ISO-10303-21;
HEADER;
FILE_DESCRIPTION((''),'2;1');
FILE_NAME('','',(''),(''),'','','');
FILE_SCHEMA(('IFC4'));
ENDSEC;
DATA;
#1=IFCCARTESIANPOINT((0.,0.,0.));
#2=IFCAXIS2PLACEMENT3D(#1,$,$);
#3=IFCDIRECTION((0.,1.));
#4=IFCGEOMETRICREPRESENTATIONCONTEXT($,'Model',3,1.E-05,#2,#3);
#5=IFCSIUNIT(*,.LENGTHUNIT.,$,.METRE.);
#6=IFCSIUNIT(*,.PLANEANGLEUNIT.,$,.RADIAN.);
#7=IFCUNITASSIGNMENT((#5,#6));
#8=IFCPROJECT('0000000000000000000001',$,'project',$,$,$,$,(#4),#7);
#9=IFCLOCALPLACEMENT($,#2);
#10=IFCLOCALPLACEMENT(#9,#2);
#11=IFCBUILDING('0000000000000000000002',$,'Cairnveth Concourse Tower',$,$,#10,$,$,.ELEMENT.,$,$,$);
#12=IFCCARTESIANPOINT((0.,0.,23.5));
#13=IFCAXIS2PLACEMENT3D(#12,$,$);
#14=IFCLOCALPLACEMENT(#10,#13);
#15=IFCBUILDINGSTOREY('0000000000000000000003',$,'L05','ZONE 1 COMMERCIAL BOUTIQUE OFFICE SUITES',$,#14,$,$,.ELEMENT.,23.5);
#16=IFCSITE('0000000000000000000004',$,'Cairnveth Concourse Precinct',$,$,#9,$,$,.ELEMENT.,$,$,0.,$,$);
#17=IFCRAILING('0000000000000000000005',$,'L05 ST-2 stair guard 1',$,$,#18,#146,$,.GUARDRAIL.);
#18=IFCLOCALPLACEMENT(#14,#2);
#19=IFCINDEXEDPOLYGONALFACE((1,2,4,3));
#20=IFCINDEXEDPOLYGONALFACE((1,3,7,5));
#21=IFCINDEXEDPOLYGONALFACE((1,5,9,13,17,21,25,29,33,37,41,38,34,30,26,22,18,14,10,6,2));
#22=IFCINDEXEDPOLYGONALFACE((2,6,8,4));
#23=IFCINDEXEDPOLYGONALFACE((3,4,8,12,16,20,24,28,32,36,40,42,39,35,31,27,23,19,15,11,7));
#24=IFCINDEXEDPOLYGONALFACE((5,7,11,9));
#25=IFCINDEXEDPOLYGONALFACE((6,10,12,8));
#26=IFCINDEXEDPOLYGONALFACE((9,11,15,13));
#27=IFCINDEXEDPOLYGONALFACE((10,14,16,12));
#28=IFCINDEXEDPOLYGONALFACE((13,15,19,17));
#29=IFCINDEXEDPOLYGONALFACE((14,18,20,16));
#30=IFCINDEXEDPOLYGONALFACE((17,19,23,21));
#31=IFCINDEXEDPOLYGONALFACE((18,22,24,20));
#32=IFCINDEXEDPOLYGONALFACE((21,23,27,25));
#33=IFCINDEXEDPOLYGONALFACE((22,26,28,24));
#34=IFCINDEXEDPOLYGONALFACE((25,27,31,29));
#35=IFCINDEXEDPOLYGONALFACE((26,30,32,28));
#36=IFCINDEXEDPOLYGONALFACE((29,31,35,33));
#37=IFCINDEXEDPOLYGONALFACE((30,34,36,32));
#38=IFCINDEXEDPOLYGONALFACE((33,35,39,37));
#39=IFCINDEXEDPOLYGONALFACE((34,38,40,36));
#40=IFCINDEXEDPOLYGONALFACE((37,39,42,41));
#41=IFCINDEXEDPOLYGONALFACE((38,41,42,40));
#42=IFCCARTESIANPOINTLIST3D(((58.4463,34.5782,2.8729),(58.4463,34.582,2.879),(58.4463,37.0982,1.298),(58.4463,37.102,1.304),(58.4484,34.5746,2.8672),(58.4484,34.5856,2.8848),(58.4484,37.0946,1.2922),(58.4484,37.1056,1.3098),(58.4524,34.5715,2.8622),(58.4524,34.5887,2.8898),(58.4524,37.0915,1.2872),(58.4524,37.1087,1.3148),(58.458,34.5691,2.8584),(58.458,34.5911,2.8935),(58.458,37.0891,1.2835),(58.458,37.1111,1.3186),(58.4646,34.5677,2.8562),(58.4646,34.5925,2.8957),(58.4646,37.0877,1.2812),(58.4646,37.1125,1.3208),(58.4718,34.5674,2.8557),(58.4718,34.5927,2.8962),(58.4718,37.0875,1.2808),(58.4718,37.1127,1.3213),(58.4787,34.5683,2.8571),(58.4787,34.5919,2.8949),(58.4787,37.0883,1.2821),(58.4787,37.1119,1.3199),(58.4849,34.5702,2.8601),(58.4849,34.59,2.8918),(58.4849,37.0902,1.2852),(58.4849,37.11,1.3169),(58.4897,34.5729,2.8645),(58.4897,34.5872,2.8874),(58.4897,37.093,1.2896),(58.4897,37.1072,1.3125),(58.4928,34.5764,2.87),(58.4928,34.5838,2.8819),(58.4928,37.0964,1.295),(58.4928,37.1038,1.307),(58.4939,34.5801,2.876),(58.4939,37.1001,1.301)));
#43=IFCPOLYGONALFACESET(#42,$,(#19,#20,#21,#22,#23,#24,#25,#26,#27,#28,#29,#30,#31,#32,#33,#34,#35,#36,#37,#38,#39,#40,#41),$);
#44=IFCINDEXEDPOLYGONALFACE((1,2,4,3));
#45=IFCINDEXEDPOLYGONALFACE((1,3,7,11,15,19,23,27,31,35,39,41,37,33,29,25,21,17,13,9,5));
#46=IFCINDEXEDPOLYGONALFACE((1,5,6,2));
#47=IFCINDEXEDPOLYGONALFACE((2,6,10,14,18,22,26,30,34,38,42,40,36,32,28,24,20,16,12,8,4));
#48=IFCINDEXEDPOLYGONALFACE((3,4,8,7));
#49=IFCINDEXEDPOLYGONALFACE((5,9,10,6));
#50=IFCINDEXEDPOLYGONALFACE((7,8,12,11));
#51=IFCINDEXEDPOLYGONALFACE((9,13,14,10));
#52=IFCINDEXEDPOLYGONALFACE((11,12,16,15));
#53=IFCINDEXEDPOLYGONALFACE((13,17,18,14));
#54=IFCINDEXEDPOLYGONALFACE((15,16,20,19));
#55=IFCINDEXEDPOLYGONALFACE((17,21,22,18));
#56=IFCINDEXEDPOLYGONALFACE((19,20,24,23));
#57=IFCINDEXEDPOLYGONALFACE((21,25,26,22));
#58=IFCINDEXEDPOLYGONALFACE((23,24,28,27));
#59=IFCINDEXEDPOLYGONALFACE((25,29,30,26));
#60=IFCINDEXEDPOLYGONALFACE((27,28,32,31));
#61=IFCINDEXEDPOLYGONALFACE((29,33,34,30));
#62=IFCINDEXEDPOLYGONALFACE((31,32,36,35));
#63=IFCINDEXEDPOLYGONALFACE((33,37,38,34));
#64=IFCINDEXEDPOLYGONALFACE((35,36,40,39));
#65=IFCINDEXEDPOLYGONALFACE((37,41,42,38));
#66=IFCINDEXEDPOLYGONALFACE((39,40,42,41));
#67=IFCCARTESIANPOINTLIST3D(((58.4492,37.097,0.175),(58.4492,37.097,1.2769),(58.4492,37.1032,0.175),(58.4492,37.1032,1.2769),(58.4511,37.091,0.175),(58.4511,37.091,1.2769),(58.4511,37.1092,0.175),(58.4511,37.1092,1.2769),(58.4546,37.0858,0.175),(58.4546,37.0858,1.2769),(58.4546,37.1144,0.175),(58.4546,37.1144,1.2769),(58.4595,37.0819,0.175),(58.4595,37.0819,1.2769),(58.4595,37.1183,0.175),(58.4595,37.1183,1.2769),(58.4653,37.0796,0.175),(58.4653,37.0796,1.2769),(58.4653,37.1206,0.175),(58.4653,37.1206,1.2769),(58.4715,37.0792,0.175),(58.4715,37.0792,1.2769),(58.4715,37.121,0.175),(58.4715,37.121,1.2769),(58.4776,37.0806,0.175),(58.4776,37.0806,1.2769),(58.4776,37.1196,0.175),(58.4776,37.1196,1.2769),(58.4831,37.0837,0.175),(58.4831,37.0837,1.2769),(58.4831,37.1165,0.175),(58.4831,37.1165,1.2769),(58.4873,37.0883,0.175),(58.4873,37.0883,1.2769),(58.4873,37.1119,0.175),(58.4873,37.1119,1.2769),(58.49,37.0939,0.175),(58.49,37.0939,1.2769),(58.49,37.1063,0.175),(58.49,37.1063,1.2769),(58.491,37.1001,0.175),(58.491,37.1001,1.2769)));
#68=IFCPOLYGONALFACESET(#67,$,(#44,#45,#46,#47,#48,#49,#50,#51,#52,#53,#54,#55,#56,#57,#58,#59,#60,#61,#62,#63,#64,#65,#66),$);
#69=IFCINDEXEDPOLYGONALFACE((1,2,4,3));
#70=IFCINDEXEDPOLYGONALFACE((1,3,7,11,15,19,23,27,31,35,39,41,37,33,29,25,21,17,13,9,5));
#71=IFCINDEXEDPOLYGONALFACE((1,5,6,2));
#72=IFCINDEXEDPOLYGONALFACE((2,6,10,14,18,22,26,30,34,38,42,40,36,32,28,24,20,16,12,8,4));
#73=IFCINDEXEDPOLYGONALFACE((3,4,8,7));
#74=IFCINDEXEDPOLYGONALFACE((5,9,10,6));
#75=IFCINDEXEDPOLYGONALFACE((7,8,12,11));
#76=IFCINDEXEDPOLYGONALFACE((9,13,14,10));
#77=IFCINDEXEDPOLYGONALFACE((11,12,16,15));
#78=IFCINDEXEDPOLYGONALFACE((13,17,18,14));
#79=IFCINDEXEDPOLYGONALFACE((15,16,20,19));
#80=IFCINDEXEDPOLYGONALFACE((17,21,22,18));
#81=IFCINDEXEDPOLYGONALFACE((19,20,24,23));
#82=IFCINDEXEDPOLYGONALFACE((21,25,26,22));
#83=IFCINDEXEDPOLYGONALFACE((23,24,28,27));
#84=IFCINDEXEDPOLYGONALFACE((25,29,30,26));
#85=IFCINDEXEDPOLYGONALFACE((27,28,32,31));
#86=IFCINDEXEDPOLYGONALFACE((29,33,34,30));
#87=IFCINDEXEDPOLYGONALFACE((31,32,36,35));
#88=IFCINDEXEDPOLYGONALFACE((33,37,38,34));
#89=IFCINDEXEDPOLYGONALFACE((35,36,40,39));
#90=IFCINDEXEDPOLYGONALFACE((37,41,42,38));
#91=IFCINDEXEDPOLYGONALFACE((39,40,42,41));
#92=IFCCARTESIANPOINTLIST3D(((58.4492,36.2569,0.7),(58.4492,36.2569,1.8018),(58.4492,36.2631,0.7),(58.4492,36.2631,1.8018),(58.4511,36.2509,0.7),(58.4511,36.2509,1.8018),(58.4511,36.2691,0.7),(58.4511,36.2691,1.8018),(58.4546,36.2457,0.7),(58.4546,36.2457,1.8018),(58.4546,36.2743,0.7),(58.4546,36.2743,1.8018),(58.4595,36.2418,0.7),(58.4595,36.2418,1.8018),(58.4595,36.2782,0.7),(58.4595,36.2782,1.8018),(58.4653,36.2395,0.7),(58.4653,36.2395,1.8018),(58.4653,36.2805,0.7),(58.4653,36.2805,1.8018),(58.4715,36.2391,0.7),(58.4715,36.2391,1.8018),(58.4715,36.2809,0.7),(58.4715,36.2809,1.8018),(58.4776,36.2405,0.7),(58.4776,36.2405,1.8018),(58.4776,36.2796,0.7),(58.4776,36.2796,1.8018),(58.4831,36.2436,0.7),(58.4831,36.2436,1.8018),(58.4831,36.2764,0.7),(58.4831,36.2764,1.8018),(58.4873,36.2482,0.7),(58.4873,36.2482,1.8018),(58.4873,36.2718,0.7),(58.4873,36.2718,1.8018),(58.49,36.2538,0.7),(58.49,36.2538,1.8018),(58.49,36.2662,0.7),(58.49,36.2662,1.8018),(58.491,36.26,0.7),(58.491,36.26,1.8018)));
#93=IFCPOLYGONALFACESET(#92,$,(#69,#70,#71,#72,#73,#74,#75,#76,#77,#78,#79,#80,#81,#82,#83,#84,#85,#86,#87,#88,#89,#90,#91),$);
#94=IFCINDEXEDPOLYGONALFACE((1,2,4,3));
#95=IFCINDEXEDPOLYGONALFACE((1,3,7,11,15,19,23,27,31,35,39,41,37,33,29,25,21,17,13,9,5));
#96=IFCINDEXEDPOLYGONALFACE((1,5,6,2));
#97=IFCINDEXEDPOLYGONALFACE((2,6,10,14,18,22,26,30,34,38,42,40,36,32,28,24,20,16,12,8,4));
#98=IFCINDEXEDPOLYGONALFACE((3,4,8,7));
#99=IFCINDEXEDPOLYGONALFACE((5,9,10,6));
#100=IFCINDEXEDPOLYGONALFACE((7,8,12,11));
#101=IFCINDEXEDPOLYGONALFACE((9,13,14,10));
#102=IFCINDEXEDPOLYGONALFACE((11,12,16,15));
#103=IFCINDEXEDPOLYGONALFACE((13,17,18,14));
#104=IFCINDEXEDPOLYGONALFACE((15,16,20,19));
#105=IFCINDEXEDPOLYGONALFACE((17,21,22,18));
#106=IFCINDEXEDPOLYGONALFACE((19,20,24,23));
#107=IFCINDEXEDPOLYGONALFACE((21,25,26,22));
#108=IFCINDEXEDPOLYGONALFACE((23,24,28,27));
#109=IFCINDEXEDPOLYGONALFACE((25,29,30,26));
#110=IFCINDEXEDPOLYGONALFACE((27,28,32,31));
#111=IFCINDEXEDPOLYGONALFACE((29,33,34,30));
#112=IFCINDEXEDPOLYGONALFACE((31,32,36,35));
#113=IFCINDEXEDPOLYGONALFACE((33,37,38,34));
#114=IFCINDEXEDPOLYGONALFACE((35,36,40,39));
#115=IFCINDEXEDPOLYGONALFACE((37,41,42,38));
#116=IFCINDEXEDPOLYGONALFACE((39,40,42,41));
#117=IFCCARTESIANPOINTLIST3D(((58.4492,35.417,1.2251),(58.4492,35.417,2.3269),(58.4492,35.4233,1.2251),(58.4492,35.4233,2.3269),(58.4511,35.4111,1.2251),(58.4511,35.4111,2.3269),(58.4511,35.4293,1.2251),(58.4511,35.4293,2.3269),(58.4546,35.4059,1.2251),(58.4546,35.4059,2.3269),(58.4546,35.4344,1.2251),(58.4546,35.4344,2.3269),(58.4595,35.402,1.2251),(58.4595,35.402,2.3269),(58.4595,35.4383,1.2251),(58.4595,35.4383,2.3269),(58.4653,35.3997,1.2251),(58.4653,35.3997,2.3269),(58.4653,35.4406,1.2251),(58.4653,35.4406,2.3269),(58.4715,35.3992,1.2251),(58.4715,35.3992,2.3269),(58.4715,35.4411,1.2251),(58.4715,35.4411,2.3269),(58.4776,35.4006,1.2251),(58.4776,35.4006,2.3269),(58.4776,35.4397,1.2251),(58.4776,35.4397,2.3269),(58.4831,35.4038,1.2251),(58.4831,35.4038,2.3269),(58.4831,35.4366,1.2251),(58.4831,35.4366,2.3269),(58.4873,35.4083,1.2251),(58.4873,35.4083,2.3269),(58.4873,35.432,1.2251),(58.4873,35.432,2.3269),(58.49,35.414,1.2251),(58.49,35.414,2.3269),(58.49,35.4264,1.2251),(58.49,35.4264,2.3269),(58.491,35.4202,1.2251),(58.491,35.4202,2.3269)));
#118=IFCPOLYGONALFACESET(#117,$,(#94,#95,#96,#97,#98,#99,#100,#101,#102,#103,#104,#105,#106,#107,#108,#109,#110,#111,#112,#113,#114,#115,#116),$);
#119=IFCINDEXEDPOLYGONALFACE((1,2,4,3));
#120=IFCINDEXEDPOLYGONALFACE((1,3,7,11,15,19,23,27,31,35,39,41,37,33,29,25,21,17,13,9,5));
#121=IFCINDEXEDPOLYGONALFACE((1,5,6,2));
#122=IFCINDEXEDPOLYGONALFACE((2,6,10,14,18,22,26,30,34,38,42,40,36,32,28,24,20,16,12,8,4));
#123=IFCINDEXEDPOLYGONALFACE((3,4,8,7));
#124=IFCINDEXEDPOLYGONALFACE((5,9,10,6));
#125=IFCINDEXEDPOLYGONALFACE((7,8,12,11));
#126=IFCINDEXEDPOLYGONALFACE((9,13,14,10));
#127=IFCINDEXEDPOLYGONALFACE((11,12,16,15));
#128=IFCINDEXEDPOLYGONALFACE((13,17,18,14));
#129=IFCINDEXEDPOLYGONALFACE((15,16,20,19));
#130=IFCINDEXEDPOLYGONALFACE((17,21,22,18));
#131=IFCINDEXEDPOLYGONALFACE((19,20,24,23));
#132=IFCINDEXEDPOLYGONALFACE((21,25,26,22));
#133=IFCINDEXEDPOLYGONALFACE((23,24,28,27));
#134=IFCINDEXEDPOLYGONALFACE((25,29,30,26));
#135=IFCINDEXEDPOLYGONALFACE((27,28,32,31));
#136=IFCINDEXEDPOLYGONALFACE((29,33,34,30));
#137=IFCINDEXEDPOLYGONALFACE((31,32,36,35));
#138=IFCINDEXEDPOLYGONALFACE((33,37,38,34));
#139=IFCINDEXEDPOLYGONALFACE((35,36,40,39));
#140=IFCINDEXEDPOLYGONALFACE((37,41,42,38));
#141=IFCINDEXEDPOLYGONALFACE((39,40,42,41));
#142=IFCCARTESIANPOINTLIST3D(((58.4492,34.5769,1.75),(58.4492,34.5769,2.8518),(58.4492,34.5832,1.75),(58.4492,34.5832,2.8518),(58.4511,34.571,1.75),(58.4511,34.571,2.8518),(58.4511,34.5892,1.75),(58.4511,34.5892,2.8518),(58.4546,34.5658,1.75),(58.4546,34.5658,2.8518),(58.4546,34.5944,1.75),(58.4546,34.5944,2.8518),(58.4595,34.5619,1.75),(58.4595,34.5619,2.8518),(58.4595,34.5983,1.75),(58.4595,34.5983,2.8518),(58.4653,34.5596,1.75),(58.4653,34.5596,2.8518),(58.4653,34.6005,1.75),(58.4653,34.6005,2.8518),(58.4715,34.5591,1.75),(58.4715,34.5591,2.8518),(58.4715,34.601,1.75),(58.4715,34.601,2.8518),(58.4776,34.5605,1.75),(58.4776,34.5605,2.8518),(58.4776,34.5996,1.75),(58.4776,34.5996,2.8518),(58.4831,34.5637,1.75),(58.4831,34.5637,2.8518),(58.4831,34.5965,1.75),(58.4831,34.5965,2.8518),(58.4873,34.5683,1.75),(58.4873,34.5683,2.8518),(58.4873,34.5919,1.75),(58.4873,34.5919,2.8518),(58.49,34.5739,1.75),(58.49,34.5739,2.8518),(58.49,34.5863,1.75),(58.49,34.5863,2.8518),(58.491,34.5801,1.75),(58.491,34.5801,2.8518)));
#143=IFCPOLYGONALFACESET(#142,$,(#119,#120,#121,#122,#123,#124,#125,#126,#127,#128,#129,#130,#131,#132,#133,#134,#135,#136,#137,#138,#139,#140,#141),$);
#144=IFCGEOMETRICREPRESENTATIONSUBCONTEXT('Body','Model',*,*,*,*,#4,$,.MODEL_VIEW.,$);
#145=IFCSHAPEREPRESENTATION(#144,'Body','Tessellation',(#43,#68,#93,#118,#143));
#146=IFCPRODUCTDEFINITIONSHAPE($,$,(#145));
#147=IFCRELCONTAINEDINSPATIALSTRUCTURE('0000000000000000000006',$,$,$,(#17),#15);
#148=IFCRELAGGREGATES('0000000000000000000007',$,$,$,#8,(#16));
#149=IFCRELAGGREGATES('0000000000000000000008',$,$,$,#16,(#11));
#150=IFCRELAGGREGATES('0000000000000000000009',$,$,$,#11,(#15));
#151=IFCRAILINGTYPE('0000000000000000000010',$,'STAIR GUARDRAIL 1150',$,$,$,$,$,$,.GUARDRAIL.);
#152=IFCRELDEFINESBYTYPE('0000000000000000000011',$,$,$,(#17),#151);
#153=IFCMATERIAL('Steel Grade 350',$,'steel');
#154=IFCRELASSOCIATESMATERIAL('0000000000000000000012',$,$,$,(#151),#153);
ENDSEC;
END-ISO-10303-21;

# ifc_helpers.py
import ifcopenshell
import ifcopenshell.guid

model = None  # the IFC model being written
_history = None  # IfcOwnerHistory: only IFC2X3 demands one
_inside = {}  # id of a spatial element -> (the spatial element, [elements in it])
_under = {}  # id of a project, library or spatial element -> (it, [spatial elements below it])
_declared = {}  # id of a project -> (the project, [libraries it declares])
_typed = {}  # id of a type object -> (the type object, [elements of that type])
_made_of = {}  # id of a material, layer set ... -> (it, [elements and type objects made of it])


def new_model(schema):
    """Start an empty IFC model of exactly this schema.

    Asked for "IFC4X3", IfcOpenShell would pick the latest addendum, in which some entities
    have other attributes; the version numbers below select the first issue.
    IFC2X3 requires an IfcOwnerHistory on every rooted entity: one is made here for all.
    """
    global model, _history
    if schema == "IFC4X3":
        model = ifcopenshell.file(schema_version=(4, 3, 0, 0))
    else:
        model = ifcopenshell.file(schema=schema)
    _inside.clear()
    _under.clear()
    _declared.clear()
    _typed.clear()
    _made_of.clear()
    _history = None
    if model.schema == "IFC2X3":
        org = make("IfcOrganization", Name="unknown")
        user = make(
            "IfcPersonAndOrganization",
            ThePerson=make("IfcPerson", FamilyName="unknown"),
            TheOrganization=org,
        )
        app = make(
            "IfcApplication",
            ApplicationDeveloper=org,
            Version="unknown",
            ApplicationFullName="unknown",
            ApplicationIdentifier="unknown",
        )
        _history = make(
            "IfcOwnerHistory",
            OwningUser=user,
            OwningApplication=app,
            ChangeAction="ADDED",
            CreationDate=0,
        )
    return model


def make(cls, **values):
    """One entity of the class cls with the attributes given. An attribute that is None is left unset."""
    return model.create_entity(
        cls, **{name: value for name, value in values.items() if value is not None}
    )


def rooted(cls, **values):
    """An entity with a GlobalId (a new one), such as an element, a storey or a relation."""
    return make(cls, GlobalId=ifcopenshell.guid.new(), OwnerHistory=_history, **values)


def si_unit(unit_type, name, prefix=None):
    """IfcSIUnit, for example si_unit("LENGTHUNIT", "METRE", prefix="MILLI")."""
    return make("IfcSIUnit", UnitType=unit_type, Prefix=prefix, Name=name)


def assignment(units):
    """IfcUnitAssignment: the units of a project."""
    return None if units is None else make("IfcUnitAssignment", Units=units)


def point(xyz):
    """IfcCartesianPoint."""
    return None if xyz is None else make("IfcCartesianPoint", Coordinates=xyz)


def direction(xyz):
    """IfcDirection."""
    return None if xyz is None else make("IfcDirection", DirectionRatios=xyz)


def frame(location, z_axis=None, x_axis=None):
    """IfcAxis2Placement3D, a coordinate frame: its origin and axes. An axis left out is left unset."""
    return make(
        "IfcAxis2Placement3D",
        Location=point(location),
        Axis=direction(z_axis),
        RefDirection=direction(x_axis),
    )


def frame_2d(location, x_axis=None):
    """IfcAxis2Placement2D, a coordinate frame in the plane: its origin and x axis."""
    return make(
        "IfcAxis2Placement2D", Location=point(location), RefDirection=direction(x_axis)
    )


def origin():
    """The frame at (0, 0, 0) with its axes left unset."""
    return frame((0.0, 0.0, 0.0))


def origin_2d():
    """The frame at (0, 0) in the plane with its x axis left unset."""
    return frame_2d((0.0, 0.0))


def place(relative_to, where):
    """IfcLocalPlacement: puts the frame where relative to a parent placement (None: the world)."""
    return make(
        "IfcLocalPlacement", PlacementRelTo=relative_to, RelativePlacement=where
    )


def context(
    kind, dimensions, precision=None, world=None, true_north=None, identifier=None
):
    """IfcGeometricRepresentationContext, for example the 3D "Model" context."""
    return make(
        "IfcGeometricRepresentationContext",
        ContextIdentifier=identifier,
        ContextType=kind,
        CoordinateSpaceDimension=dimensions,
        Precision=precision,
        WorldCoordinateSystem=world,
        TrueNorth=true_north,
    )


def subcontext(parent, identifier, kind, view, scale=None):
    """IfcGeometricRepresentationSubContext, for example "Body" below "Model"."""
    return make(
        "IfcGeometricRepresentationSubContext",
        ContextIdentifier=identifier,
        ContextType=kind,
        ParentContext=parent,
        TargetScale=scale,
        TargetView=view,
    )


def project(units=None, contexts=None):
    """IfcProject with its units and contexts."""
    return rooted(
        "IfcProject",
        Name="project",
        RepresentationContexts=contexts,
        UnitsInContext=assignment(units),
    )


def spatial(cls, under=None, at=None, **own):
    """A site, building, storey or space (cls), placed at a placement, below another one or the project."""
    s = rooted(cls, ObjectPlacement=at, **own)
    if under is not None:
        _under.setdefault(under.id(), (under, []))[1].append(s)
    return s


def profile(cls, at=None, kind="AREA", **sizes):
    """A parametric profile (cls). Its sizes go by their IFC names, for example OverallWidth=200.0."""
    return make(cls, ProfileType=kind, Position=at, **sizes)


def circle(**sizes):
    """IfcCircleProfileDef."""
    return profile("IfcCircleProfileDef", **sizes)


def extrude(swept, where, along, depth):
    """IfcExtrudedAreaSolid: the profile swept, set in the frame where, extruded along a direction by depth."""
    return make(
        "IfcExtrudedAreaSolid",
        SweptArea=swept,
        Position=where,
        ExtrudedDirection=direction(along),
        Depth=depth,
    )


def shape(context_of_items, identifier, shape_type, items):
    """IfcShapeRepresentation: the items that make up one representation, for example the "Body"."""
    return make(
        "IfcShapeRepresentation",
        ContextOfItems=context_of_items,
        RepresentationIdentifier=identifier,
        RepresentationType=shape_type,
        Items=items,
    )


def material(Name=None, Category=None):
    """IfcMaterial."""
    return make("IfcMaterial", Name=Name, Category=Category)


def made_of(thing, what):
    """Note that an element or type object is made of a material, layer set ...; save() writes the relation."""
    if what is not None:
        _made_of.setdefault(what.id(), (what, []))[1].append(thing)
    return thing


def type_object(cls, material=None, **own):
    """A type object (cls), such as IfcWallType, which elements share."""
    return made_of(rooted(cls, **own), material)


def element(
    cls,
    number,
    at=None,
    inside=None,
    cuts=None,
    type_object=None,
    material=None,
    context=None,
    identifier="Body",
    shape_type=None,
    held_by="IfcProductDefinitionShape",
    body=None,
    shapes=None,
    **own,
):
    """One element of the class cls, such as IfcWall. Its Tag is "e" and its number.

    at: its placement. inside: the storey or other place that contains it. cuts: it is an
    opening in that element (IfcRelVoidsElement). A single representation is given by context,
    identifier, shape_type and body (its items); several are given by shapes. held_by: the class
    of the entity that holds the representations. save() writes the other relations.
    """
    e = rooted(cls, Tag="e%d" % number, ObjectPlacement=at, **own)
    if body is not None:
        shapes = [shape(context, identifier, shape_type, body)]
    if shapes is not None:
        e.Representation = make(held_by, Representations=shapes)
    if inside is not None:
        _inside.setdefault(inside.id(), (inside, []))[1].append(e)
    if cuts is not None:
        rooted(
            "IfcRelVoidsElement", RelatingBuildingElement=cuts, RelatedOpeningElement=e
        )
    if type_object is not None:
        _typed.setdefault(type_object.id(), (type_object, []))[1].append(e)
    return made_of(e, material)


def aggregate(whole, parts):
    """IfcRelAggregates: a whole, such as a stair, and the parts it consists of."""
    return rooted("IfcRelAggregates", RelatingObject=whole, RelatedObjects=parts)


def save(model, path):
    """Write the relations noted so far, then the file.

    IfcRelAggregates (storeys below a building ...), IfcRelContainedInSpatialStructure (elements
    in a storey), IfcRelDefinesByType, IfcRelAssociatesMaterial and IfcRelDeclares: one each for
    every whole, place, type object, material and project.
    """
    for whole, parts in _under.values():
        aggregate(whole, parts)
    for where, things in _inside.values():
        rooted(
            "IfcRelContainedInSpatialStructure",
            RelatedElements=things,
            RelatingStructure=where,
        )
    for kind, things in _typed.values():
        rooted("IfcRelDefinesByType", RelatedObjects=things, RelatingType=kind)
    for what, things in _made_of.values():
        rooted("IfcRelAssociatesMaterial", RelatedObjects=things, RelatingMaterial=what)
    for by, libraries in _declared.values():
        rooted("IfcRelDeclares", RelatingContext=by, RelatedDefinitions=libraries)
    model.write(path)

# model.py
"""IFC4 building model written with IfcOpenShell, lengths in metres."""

from ifc_helpers import new_model, si_unit, direction, frame, origin, origin_2d, place, context, subcontext, project, spatial, circle, extrude, material, type_object, element, save


model = new_model("IFC4")

# Units and contexts
model_context = context("Model", 3, precision=1e-05, world=origin(), true_north=direction((0.0, 1.0)))
body_context = subcontext(model_context, "Body", "Model", "MODEL_VIEW")
ifc_project = project(units=[si_unit("LENGTHUNIT", "METRE"), si_unit("PLANEANGLEUNIT", "RADIAN")], contexts=[model_context])

# Site, building, storey
site_placement = place(None, origin())
site = spatial("IfcSite", under=ifc_project, at=site_placement, Name="Cairnveth Concourse Precinct", CompositionType="ELEMENT", RefElevation=0.0)
building_placement = place(site_placement, origin())
building = spatial("IfcBuilding", under=site, at=building_placement, Name="Cairnveth Concourse Tower", CompositionType="ELEMENT")
storey_placement = place(building_placement, frame((0.0, 0.0, 23.5)))
storey = spatial("IfcBuildingStorey", under=building, at=storey_placement, Name="L05", Description="ZONE 1 COMMERCIAL BOUTIQUE OFFICE SUITES", CompositionType="ELEMENT", Elevation=23.5)

# Shared definitions
ifc_material_1 = material(Name="Steel Grade 350", Category="steel")

# Railing
railing_type_1 = type_object("IfcRailingType", Name="STAIR GUARDRAIL 1150", PredefinedType="GUARDRAIL", material=ifc_material_1)
railing_1_placement = place(storey_placement, frame((58.47, 37.1001, 0.175)))
element("IfcRailing", 1, at=railing_1_placement, inside=storey, type_object=railing_type_1, Name="L05 ST-2 stair guard 1", PredefinedType="GUARDRAIL", context=body_context, shape_type="SweptSolid", body=[
    extrude(circle(Radius=0.0239, at=origin_2d()), frame((0.0, 0.0, 1.126), z_axis=(0.0, -0.848008, 0.529984), x_axis=(1.0, 0.0, 0.0)), (0.0, 0.0, 1.0), 2.9717),
    extrude(circle(Radius=0.021, at=origin_2d()), origin(), (0.0, 0.0, 1.0), 1.1018),
    extrude(circle(Radius=0.021, at=origin_2d()), frame((0.0, -0.8401, 0.5249)), (0.0, 0.0, 1.0), 1.1018),
    extrude(circle(Radius=0.021, at=origin_2d()), frame((0.0, -1.6799, 1.05)), (0.0, 0.0, 1.0), 1.1018),
    extrude(circle(Radius=0.021, at=origin_2d()), frame((0.0, -2.52, 1.575)), (0.0, 0.0, 1.0), 1.1018),
])

save(model, "model.ifc")
